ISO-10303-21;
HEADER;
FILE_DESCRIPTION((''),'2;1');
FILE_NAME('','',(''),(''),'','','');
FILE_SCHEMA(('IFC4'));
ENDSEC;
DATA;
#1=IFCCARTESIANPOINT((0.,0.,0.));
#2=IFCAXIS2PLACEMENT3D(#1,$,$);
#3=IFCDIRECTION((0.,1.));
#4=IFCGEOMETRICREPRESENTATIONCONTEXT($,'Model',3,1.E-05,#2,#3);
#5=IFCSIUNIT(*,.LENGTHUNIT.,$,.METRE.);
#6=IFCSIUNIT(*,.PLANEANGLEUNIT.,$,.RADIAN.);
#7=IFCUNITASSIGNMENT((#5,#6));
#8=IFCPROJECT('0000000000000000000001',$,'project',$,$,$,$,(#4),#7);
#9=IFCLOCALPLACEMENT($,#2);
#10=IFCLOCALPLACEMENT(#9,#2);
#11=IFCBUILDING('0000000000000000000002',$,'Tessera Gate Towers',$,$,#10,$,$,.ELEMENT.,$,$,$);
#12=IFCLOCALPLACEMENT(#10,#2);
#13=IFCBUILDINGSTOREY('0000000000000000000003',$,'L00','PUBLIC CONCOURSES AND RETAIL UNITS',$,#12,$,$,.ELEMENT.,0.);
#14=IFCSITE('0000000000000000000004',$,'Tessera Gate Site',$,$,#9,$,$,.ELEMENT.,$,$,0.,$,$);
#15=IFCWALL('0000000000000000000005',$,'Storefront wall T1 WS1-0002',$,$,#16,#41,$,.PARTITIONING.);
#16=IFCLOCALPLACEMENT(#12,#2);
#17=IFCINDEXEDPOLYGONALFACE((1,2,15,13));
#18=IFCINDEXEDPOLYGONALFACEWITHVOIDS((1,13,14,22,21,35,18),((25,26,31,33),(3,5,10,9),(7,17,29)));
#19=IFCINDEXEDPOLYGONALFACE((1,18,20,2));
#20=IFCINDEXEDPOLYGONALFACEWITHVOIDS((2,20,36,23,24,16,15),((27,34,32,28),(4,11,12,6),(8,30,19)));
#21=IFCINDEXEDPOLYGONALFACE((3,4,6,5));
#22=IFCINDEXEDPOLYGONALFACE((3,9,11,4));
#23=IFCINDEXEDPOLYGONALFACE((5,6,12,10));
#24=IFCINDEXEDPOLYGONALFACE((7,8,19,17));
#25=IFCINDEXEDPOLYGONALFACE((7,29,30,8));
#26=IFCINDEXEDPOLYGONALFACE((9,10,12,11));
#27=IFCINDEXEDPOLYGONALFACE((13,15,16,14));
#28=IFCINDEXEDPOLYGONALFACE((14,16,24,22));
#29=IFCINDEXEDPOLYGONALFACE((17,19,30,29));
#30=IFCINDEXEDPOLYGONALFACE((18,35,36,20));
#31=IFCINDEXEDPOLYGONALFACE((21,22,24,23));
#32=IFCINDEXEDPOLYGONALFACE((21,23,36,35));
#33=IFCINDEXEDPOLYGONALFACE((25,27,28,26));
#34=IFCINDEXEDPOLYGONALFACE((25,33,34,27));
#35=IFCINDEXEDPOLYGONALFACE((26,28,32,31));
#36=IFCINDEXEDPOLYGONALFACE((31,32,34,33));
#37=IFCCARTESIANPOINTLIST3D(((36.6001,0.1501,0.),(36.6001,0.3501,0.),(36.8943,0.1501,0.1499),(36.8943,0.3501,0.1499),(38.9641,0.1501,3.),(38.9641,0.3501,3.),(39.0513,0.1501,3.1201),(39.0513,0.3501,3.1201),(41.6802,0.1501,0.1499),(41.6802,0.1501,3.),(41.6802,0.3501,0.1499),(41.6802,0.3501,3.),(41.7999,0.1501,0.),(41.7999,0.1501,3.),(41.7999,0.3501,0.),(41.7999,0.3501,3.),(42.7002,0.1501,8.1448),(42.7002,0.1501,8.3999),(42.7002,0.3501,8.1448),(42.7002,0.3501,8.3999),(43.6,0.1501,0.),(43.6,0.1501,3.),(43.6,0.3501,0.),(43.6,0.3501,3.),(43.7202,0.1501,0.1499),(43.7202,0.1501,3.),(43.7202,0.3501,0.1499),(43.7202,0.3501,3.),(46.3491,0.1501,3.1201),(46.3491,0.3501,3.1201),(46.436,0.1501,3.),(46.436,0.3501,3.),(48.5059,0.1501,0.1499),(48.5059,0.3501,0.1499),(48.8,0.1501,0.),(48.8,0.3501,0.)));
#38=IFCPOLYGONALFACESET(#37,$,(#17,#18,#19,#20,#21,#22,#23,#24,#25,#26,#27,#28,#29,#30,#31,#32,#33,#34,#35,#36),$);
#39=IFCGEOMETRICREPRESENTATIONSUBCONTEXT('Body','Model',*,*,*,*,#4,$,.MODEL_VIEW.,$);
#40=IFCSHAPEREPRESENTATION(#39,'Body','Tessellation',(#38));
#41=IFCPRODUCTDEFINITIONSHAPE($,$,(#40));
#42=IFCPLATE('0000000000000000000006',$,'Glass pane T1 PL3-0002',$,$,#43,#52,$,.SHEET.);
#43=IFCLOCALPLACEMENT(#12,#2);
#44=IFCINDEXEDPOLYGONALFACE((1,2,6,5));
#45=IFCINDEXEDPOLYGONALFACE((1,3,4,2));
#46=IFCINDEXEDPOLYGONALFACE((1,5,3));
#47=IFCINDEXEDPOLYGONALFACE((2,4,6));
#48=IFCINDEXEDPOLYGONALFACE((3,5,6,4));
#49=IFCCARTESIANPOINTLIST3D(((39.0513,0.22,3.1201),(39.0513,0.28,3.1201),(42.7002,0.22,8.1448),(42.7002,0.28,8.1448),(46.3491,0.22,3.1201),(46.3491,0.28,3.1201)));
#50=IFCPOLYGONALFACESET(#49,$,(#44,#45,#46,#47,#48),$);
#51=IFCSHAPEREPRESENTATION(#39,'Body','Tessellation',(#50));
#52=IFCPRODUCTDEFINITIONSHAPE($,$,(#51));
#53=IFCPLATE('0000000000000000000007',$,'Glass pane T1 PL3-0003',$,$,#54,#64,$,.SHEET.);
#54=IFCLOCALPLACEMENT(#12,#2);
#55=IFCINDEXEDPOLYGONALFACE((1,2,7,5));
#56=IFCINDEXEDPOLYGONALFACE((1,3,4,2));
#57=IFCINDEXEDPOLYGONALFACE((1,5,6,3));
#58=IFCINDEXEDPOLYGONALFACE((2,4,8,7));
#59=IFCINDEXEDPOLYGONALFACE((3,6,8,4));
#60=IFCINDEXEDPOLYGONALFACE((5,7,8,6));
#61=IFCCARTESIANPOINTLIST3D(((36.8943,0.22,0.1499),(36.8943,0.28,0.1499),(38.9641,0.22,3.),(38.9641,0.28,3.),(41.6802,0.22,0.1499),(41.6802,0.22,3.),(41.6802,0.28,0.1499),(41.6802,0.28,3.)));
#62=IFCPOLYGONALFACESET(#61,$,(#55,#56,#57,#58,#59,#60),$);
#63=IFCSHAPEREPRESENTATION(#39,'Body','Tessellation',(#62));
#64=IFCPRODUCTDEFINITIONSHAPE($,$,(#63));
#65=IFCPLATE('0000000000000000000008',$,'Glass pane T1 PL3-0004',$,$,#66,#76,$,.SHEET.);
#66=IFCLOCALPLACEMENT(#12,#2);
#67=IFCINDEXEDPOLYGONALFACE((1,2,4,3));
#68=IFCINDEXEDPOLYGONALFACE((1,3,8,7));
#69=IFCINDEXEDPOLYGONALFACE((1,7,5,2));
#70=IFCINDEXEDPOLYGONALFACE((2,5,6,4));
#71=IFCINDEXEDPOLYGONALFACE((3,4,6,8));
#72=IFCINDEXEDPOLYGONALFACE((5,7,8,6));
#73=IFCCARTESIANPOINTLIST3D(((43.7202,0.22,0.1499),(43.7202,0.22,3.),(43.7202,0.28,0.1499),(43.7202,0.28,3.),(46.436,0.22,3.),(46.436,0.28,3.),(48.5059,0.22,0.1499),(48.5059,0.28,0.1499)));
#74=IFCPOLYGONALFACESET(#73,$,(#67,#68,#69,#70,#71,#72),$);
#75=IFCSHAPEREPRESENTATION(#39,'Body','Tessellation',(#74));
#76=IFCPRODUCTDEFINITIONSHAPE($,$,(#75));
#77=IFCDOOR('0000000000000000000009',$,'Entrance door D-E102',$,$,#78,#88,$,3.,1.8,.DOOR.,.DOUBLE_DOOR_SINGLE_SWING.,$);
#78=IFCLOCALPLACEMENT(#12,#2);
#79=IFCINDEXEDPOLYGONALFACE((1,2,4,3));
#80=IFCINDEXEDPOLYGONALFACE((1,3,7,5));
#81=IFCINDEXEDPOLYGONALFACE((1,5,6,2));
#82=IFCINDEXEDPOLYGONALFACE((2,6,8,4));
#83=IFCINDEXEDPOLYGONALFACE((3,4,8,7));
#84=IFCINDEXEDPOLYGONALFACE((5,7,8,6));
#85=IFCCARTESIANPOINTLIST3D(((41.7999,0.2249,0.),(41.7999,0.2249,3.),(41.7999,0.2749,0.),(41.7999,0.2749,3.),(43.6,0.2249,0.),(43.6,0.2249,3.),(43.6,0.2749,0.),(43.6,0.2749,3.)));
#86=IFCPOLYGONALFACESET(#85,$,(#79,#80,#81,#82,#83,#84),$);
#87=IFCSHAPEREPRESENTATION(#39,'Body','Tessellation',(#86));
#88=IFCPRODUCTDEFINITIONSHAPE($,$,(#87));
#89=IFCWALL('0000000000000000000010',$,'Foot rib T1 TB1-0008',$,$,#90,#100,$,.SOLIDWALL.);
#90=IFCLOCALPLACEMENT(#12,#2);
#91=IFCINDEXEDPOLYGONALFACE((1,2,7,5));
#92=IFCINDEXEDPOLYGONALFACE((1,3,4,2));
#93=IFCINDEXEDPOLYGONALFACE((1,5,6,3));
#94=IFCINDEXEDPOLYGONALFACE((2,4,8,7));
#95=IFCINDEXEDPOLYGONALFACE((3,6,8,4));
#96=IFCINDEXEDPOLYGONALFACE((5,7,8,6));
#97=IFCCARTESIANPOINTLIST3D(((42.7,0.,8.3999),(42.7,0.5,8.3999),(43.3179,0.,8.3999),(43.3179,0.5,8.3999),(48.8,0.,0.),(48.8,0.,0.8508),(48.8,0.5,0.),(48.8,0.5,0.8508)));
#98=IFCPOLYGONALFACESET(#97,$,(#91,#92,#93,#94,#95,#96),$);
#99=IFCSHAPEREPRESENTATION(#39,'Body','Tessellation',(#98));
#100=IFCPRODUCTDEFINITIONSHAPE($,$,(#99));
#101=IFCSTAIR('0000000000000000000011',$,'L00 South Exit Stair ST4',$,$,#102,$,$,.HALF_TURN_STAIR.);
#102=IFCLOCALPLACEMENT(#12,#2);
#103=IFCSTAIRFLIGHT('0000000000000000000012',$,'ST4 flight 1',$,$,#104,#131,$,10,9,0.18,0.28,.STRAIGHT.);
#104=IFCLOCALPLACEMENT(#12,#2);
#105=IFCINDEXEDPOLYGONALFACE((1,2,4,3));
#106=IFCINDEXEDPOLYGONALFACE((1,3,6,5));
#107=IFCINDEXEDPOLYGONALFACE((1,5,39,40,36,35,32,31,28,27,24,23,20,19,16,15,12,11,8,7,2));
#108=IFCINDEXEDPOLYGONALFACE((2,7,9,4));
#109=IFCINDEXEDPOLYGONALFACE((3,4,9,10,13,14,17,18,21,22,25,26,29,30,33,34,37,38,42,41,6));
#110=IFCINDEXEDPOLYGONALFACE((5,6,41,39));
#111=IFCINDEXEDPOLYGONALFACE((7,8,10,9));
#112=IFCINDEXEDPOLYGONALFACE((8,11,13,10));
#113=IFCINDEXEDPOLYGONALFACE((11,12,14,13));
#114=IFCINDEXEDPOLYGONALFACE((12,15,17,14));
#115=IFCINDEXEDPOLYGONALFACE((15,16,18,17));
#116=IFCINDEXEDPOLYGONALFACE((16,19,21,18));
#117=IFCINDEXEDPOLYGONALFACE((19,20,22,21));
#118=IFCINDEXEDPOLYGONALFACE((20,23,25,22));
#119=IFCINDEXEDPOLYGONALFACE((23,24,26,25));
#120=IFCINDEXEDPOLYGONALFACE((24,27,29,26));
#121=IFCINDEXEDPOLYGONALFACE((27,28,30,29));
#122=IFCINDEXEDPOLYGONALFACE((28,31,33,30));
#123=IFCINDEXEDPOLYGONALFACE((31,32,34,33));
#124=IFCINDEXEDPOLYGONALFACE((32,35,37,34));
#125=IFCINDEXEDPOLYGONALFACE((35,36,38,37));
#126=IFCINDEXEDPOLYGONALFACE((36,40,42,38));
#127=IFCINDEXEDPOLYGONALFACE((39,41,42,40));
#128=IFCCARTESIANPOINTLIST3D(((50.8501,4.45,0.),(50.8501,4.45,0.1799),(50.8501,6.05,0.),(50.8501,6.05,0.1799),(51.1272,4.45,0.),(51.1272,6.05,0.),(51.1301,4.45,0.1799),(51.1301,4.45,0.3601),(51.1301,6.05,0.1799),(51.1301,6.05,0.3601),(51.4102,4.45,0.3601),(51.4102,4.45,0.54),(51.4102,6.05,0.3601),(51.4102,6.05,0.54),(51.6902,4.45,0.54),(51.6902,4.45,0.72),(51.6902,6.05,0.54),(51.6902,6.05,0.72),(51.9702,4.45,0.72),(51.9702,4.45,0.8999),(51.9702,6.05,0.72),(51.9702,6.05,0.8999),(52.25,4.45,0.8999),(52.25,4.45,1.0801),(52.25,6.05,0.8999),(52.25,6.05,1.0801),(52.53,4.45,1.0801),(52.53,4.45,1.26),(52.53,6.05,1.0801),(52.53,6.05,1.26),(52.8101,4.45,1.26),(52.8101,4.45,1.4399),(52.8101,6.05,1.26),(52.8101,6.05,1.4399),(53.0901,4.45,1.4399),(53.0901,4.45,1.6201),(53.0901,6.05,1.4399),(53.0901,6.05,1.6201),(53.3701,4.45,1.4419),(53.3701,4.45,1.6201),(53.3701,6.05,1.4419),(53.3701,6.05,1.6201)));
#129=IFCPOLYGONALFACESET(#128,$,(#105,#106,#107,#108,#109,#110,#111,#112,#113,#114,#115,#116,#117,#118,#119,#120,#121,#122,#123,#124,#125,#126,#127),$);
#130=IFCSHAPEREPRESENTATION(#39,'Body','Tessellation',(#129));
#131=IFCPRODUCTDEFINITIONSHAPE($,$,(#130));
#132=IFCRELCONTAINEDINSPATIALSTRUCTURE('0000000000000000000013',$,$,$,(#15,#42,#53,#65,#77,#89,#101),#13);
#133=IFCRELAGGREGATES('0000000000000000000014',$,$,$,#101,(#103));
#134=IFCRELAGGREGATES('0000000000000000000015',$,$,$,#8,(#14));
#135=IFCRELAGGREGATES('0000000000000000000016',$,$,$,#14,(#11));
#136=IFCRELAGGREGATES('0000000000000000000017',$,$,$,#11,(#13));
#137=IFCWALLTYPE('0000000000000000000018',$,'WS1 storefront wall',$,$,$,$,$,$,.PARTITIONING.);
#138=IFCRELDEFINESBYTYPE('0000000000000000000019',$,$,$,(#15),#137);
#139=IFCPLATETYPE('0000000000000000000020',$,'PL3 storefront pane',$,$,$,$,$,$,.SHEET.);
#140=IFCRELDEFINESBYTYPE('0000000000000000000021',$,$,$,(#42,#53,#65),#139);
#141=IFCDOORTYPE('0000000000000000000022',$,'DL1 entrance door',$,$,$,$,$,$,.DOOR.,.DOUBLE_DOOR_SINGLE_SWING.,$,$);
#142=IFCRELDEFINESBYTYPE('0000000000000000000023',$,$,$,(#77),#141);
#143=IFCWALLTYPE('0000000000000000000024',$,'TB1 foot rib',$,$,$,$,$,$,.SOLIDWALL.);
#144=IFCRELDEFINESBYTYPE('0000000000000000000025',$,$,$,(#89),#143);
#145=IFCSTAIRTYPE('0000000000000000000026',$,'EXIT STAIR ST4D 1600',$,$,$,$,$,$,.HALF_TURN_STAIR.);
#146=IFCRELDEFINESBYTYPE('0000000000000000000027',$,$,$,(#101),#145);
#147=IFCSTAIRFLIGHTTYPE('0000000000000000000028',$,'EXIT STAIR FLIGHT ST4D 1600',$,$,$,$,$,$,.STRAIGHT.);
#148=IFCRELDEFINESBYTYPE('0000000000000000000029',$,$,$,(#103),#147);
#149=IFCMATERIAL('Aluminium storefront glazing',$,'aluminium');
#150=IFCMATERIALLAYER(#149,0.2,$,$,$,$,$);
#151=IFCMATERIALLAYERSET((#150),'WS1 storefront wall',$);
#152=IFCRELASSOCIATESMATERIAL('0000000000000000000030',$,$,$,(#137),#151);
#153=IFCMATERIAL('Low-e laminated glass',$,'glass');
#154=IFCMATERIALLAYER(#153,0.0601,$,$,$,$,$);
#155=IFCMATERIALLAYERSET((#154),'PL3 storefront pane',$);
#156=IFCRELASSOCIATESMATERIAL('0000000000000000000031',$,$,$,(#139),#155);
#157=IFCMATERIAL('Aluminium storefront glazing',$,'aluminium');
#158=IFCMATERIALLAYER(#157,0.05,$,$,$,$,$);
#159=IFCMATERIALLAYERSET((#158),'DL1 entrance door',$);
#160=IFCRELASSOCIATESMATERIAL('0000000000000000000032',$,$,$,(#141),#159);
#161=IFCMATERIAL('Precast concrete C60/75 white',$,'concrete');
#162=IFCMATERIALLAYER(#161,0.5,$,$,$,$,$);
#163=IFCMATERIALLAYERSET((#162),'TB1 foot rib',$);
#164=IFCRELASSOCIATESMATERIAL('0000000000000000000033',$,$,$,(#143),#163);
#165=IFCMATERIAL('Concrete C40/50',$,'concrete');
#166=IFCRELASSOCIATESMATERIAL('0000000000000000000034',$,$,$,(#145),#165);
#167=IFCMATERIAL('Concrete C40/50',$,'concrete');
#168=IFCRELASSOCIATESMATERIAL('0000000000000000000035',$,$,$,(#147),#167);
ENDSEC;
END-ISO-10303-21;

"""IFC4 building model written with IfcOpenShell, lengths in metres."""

from ifc_helpers import new_model, si_unit, direction, frame, frame_2d, origin, place, context, subcontext, project, spatial, polyline, rectangle, outline, extrude, source, transform, mapped, material, layer, layer_set, type_object, element, fill, aggregate, save


model = new_model("IFC4")

# Units and contexts
model_context = context("Model", 3, precision=1e-05, world=origin(), true_north=direction((0.0, 1.0)))
body_context = subcontext(model_context, "Body", "Model", "MODEL_VIEW")
ifc_project = project(units=[si_unit("LENGTHUNIT", "METRE"), si_unit("PLANEANGLEUNIT", "RADIAN")], contexts=[model_context])

# Site, building, storey
site_placement = place(None, origin())
site = spatial("IfcSite", under=ifc_project, at=site_placement, Name="Tessera Gate Site", CompositionType="ELEMENT", RefElevation=0.0)
building_placement = place(site_placement, origin())
building = spatial("IfcBuilding", under=site, at=building_placement, Name="Tessera Gate Towers", CompositionType="ELEMENT")
storey_placement = place(building_placement, origin())
storey = spatial("IfcBuildingStorey", under=building, at=storey_placement, Name="L00", Description="PUBLIC CONCOURSES AND RETAIL UNITS", CompositionType="ELEMENT", Elevation=0.0)

# Wall, openings, plates, door
ifc_material_1 = material(Name="Aluminium storefront glazing", Category="aluminium")
ifc_layer_1 = layer(ifc_material_1, 0.2)
ifc_layer_set_1 = layer_set([ifc_layer_1], Name="WS1 storefront wall")
wall_type_1 = type_object("IfcWallType", Name="WS1 storefront wall", PredefinedType="PARTITIONING", material=ifc_layer_set_1)
shared_shape_1 = source(origin(), body_context, "Body", "SweptSolid", [
    extrude(outline(polyline([(0.0, 0.0), (12.2, 0.0), (6.1001, 8.3999), (0.0, 0.0)])), frame((0.0, 0.1001, 0.0), z_axis=(0.0, -1.0, 0.0), x_axis=(1.0, 0.0, 0.0)), (0.0, 0.0, 1.0), 0.2),
])
wall_1_placement = place(storey_placement, frame((36.6001, 0.25, 0.0), z_axis=(0.0, 0.0, 1.0), x_axis=(1.0, 0.0, 0.0)))
wall_1 = element("IfcWall", 1, at=wall_1_placement, inside=storey, type_object=wall_type_1, Name="Storefront wall T1 WS1-0002", PredefinedType="PARTITIONING", context=body_context, shape_type="MappedRepresentation", body=[
    mapped(shared_shape_1, transform((0.0, 0.0, 0.0), scale=1.0)),
])
shared_shape_2 = source(origin(), body_context, "Body", "SweptSolid", [
    extrude(rectangle(XDim=1.8, YDim=3.0, at=frame_2d((0.8999, 1.5))), frame((0.0, 0.1099, 0.0), z_axis=(0.0, -1.0, 0.0), x_axis=(1.0, 0.0, 0.0)), (0.0, 0.0, 1.0), 0.22),
])
opening_1_placement = place(wall_1_placement, frame((5.2, 0.0, 0.0)))
opening_1 = element("IfcOpeningElement", 2, at=opening_1_placement, cuts=wall_1, PredefinedType="OPENING", context=body_context, shape_type="MappedRepresentation", body=[
    mapped(shared_shape_2, transform((0.0, 0.0, 0.0), scale=1.0)),
])
shared_shape_3 = source(origin(), body_context, "Body", "SweptSolid", [
    extrude(outline(polyline([(9.749, 3.1201), (6.1001, 8.1448), (2.4512, 3.1201), (9.749, 3.1201)])), frame((0.0, 0.1099, 0.0), z_axis=(0.0, -1.0, 0.0), x_axis=(1.0, 0.0, 0.0)), (0.0, 0.0, 1.0), 0.22),
])
opening_2_placement = place(wall_1_placement, origin())
opening_2 = element("IfcOpeningElement", 3, at=opening_2_placement, cuts=wall_1, PredefinedType="OPENING", context=body_context, shape_type="MappedRepresentation", body=[
    mapped(shared_shape_3, transform((0.0, 0.0, 0.0), scale=1.0)),
])
shared_shape_4 = source(origin(), body_context, "Body", "SweptSolid", [
    extrude(outline(polyline([(0.2942, 0.1499), (5.0801, 0.1499), (5.0801, 3.0), (2.364, 3.0), (0.2942, 0.1499)])), frame((0.0, 0.1099, 0.0), z_axis=(0.0, -1.0, 0.0), x_axis=(1.0, 0.0, 0.0)), (0.0, 0.0, 1.0), 0.22),
])
opening_3_placement = place(wall_1_placement, origin())
opening_3 = element("IfcOpeningElement", 4, at=opening_3_placement, cuts=wall_1, PredefinedType="OPENING", context=body_context, shape_type="MappedRepresentation", body=[
    mapped(shared_shape_4, transform((0.0, 0.0, 0.0), scale=1.0)),
])
shared_shape_5 = source(origin(), body_context, "Body", "SweptSolid", [
    extrude(outline(polyline([(7.1201, 0.1499), (11.9058, 0.1499), (9.8359, 3.0), (7.1201, 3.0), (7.1201, 0.1499)])), frame((0.0, 0.1099, 0.0), z_axis=(0.0, -1.0, 0.0), x_axis=(1.0, 0.0, 0.0)), (0.0, 0.0, 1.0), 0.22),
])
opening_4_placement = place(wall_1_placement, origin())
opening_4 = element("IfcOpeningElement", 5, at=opening_4_placement, cuts=wall_1, PredefinedType="OPENING", context=body_context, shape_type="MappedRepresentation", body=[
    mapped(shared_shape_5, transform((0.0, 0.0, 0.0), scale=1.0)),
])
ifc_material_2 = material(Name="Low-e laminated glass", Category="glass")
ifc_layer_2 = layer(ifc_material_2, 0.0601)
ifc_layer_set_2 = layer_set([ifc_layer_2], Name="PL3 storefront pane")
plate_type = type_object("IfcPlateType", Name="PL3 storefront pane", PredefinedType="SHEET", material=ifc_layer_set_2)
shared_shape_6 = source(origin(), body_context, "Body", "SweptSolid", [
    extrude(outline(polyline([(9.749, 3.1201), (6.1001, 8.1448), (2.4512, 3.1201), (9.749, 3.1201)])), frame((0.0, 0.03, 0.0), z_axis=(0.0, -1.0, 0.0), x_axis=(1.0, 0.0, 0.0)), (0.0, 0.0, 1.0), 0.0601),
])
plate_1_placement = place(opening_2_placement, origin())
plate_1 = element("IfcPlate", 6, at=plate_1_placement, inside=storey, type_object=plate_type, Name="Glass pane T1 PL3-0002", PredefinedType="SHEET", context=body_context, shape_type="MappedRepresentation", body=[
    mapped(shared_shape_6, transform((0.0, 0.0, 0.0), scale=1.0)),
])
fill(opening_2, plate_1)
shared_shape_7 = source(origin(), body_context, "Body", "SweptSolid", [
    extrude(outline(polyline([(0.2942, 0.1499), (5.0801, 0.1499), (5.0801, 3.0), (2.364, 3.0), (0.2942, 0.1499)])), frame((0.0, 0.03, 0.0), z_axis=(0.0, -1.0, 0.0), x_axis=(1.0, 0.0, 0.0)), (0.0, 0.0, 1.0), 0.0601),
])
plate_2_placement = place(opening_3_placement, origin())
plate_2 = element("IfcPlate", 7, at=plate_2_placement, inside=storey, type_object=plate_type, Name="Glass pane T1 PL3-0003", PredefinedType="SHEET", context=body_context, shape_type="MappedRepresentation", body=[
    mapped(shared_shape_7, transform((0.0, 0.0, 0.0), scale=1.0)),
])
fill(opening_3, plate_2)
shared_shape_8 = source(origin(), body_context, "Body", "SweptSolid", [
    extrude(outline(polyline([(7.1201, 0.1499), (11.9058, 0.1499), (9.8359, 3.0), (7.1201, 3.0), (7.1201, 0.1499)])), frame((0.0, 0.03, 0.0), z_axis=(0.0, -1.0, 0.0), x_axis=(1.0, 0.0, 0.0)), (0.0, 0.0, 1.0), 0.0601),
])
plate_3_placement = place(opening_4_placement, origin())
plate_3 = element("IfcPlate", 8, at=plate_3_placement, inside=storey, type_object=plate_type, Name="Glass pane T1 PL3-0004", PredefinedType="SHEET", context=body_context, shape_type="MappedRepresentation", body=[
    mapped(shared_shape_8, transform((0.0, 0.0, 0.0), scale=1.0)),
])
fill(opening_4, plate_3)
ifc_material_3 = material(Name="Aluminium storefront glazing", Category="aluminium")
ifc_layer_3 = layer(ifc_material_3, 0.05)
ifc_layer_set_3 = layer_set([ifc_layer_3], Name="DL1 entrance door")
door_type = type_object("IfcDoorType", Name="DL1 entrance door", OperationType="DOUBLE_DOOR_SINGLE_SWING", PredefinedType="DOOR", material=ifc_layer_set_3)
shared_shape_9 = source(origin(), body_context, "Body", "SweptSolid", [
    extrude(rectangle(XDim=1.8, YDim=3.0, at=frame_2d((0.8999, 1.5))), frame((0.0, 0.0249, 0.0), z_axis=(0.0, -1.0, 0.0), x_axis=(1.0, 0.0, 0.0)), (0.0, 0.0, 1.0), 0.05),
])
door_placement = place(opening_1_placement, origin())
door = element("IfcDoor", 9, at=door_placement, inside=storey, type_object=door_type, Name="Entrance door D-E102", OperationType="DOUBLE_DOOR_SINGLE_SWING", OverallHeight=3.0, OverallWidth=1.8, PredefinedType="DOOR", context=body_context, shape_type="MappedRepresentation", body=[
    mapped(shared_shape_9, transform((0.0, 0.0, 0.0), scale=1.0)),
])
fill(opening_1, door)

# Wall
ifc_material_4 = material(Name="Precast concrete C60/75 white", Category="concrete")
ifc_layer_4 = layer(ifc_material_4, 0.5)
ifc_layer_set_4 = layer_set([ifc_layer_4], Name="TB1 foot rib")
wall_type_2 = type_object("IfcWallType", Name="TB1 foot rib", PredefinedType="SOLIDWALL", material=ifc_layer_set_4)
shared_shape_10 = source(origin(), body_context, "Body", "SweptSolid", [
    extrude(outline(polyline([(0.0, 8.3999), (6.1001, 0.0), (6.1001, 0.8508), (0.6179, 8.3999), (0.0, 8.3999)])), frame((0.0, 0.25, 0.0), z_axis=(0.0, -1.0, 0.0), x_axis=(1.0, 0.0, 0.0)), (0.0, 0.0, 1.0), 0.5),
])
wall_2_placement = place(storey_placement, frame((42.7, 0.25, 0.0), z_axis=(0.0, 0.0, 1.0), x_axis=(1.0, 0.0, 0.0)))
element("IfcWall", 10, at=wall_2_placement, inside=storey, type_object=wall_type_2, Name="Foot rib T1 TB1-0008", PredefinedType="SOLIDWALL", context=body_context, shape_type="MappedRepresentation", body=[
    mapped(shared_shape_10, transform((0.0, 0.0, 0.0), scale=1.0)),
])

# Stair, stair flight
ifc_material_5 = material(Name="Concrete C40/50", Category="concrete")
stair_type = type_object("IfcStairType", Name="EXIT STAIR ST4D 1600", PredefinedType="HALF_TURN_STAIR", material=ifc_material_5)
stair_placement = place(storey_placement, origin())
stair = element("IfcStair", 11, at=stair_placement, inside=storey, type_object=stair_type, Name="L00 South Exit Stair ST4", PredefinedType="HALF_TURN_STAIR")
ifc_material_6 = material(Name="Concrete C40/50", Category="concrete")
stair_flight_type = type_object("IfcStairFlightType", Name="EXIT STAIR FLIGHT ST4D 1600", PredefinedType="STRAIGHT", material=ifc_material_6)
stair_flight_1_placement = place(storey_placement, frame((50.8501, 5.25, 0.0), z_axis=(0.0, 0.0, 1.0), x_axis=(1.0, 0.0, 0.0)))
stair_flight_1 = element("IfcStairFlight", 12, at=stair_flight_1_placement, type_object=stair_flight_type, Name="ST4 flight 1", NumberOfRisers=10, NumberOfTreads=9, PredefinedType="STRAIGHT", RiserHeight=0.18, TreadLength=0.28, context=body_context, shape_type="SweptSolid", body=[
    extrude(outline(polyline([(0.0, 0.0), (0.0, 0.1799), (0.28, 0.1799), (0.28, 0.3601), (0.5601, 0.3601), (0.5601, 0.54), (0.8401, 0.54), (0.8401, 0.72), (1.1201, 0.72), (1.1201, 0.8999), (1.3999, 0.8999), (1.3999, 1.0801), (1.6799, 1.0801), (1.6799, 1.26), (1.96, 1.26), (1.96, 1.4399), (2.24, 1.4399), (2.24, 1.6201), (2.52, 1.6201), (2.52, 1.8), (2.52, 1.4419), (0.2771, 0.0), (0.0, 0.0)])), frame((0.0, 0.8, 0.0), z_axis=(0.0, -1.0, 0.0), x_axis=(1.0, 0.0, 0.0)), (0.0, 0.0, 1.0), 1.6001),
])
aggregate(stair, [stair_flight_1])

save(model, "model.ifc")
